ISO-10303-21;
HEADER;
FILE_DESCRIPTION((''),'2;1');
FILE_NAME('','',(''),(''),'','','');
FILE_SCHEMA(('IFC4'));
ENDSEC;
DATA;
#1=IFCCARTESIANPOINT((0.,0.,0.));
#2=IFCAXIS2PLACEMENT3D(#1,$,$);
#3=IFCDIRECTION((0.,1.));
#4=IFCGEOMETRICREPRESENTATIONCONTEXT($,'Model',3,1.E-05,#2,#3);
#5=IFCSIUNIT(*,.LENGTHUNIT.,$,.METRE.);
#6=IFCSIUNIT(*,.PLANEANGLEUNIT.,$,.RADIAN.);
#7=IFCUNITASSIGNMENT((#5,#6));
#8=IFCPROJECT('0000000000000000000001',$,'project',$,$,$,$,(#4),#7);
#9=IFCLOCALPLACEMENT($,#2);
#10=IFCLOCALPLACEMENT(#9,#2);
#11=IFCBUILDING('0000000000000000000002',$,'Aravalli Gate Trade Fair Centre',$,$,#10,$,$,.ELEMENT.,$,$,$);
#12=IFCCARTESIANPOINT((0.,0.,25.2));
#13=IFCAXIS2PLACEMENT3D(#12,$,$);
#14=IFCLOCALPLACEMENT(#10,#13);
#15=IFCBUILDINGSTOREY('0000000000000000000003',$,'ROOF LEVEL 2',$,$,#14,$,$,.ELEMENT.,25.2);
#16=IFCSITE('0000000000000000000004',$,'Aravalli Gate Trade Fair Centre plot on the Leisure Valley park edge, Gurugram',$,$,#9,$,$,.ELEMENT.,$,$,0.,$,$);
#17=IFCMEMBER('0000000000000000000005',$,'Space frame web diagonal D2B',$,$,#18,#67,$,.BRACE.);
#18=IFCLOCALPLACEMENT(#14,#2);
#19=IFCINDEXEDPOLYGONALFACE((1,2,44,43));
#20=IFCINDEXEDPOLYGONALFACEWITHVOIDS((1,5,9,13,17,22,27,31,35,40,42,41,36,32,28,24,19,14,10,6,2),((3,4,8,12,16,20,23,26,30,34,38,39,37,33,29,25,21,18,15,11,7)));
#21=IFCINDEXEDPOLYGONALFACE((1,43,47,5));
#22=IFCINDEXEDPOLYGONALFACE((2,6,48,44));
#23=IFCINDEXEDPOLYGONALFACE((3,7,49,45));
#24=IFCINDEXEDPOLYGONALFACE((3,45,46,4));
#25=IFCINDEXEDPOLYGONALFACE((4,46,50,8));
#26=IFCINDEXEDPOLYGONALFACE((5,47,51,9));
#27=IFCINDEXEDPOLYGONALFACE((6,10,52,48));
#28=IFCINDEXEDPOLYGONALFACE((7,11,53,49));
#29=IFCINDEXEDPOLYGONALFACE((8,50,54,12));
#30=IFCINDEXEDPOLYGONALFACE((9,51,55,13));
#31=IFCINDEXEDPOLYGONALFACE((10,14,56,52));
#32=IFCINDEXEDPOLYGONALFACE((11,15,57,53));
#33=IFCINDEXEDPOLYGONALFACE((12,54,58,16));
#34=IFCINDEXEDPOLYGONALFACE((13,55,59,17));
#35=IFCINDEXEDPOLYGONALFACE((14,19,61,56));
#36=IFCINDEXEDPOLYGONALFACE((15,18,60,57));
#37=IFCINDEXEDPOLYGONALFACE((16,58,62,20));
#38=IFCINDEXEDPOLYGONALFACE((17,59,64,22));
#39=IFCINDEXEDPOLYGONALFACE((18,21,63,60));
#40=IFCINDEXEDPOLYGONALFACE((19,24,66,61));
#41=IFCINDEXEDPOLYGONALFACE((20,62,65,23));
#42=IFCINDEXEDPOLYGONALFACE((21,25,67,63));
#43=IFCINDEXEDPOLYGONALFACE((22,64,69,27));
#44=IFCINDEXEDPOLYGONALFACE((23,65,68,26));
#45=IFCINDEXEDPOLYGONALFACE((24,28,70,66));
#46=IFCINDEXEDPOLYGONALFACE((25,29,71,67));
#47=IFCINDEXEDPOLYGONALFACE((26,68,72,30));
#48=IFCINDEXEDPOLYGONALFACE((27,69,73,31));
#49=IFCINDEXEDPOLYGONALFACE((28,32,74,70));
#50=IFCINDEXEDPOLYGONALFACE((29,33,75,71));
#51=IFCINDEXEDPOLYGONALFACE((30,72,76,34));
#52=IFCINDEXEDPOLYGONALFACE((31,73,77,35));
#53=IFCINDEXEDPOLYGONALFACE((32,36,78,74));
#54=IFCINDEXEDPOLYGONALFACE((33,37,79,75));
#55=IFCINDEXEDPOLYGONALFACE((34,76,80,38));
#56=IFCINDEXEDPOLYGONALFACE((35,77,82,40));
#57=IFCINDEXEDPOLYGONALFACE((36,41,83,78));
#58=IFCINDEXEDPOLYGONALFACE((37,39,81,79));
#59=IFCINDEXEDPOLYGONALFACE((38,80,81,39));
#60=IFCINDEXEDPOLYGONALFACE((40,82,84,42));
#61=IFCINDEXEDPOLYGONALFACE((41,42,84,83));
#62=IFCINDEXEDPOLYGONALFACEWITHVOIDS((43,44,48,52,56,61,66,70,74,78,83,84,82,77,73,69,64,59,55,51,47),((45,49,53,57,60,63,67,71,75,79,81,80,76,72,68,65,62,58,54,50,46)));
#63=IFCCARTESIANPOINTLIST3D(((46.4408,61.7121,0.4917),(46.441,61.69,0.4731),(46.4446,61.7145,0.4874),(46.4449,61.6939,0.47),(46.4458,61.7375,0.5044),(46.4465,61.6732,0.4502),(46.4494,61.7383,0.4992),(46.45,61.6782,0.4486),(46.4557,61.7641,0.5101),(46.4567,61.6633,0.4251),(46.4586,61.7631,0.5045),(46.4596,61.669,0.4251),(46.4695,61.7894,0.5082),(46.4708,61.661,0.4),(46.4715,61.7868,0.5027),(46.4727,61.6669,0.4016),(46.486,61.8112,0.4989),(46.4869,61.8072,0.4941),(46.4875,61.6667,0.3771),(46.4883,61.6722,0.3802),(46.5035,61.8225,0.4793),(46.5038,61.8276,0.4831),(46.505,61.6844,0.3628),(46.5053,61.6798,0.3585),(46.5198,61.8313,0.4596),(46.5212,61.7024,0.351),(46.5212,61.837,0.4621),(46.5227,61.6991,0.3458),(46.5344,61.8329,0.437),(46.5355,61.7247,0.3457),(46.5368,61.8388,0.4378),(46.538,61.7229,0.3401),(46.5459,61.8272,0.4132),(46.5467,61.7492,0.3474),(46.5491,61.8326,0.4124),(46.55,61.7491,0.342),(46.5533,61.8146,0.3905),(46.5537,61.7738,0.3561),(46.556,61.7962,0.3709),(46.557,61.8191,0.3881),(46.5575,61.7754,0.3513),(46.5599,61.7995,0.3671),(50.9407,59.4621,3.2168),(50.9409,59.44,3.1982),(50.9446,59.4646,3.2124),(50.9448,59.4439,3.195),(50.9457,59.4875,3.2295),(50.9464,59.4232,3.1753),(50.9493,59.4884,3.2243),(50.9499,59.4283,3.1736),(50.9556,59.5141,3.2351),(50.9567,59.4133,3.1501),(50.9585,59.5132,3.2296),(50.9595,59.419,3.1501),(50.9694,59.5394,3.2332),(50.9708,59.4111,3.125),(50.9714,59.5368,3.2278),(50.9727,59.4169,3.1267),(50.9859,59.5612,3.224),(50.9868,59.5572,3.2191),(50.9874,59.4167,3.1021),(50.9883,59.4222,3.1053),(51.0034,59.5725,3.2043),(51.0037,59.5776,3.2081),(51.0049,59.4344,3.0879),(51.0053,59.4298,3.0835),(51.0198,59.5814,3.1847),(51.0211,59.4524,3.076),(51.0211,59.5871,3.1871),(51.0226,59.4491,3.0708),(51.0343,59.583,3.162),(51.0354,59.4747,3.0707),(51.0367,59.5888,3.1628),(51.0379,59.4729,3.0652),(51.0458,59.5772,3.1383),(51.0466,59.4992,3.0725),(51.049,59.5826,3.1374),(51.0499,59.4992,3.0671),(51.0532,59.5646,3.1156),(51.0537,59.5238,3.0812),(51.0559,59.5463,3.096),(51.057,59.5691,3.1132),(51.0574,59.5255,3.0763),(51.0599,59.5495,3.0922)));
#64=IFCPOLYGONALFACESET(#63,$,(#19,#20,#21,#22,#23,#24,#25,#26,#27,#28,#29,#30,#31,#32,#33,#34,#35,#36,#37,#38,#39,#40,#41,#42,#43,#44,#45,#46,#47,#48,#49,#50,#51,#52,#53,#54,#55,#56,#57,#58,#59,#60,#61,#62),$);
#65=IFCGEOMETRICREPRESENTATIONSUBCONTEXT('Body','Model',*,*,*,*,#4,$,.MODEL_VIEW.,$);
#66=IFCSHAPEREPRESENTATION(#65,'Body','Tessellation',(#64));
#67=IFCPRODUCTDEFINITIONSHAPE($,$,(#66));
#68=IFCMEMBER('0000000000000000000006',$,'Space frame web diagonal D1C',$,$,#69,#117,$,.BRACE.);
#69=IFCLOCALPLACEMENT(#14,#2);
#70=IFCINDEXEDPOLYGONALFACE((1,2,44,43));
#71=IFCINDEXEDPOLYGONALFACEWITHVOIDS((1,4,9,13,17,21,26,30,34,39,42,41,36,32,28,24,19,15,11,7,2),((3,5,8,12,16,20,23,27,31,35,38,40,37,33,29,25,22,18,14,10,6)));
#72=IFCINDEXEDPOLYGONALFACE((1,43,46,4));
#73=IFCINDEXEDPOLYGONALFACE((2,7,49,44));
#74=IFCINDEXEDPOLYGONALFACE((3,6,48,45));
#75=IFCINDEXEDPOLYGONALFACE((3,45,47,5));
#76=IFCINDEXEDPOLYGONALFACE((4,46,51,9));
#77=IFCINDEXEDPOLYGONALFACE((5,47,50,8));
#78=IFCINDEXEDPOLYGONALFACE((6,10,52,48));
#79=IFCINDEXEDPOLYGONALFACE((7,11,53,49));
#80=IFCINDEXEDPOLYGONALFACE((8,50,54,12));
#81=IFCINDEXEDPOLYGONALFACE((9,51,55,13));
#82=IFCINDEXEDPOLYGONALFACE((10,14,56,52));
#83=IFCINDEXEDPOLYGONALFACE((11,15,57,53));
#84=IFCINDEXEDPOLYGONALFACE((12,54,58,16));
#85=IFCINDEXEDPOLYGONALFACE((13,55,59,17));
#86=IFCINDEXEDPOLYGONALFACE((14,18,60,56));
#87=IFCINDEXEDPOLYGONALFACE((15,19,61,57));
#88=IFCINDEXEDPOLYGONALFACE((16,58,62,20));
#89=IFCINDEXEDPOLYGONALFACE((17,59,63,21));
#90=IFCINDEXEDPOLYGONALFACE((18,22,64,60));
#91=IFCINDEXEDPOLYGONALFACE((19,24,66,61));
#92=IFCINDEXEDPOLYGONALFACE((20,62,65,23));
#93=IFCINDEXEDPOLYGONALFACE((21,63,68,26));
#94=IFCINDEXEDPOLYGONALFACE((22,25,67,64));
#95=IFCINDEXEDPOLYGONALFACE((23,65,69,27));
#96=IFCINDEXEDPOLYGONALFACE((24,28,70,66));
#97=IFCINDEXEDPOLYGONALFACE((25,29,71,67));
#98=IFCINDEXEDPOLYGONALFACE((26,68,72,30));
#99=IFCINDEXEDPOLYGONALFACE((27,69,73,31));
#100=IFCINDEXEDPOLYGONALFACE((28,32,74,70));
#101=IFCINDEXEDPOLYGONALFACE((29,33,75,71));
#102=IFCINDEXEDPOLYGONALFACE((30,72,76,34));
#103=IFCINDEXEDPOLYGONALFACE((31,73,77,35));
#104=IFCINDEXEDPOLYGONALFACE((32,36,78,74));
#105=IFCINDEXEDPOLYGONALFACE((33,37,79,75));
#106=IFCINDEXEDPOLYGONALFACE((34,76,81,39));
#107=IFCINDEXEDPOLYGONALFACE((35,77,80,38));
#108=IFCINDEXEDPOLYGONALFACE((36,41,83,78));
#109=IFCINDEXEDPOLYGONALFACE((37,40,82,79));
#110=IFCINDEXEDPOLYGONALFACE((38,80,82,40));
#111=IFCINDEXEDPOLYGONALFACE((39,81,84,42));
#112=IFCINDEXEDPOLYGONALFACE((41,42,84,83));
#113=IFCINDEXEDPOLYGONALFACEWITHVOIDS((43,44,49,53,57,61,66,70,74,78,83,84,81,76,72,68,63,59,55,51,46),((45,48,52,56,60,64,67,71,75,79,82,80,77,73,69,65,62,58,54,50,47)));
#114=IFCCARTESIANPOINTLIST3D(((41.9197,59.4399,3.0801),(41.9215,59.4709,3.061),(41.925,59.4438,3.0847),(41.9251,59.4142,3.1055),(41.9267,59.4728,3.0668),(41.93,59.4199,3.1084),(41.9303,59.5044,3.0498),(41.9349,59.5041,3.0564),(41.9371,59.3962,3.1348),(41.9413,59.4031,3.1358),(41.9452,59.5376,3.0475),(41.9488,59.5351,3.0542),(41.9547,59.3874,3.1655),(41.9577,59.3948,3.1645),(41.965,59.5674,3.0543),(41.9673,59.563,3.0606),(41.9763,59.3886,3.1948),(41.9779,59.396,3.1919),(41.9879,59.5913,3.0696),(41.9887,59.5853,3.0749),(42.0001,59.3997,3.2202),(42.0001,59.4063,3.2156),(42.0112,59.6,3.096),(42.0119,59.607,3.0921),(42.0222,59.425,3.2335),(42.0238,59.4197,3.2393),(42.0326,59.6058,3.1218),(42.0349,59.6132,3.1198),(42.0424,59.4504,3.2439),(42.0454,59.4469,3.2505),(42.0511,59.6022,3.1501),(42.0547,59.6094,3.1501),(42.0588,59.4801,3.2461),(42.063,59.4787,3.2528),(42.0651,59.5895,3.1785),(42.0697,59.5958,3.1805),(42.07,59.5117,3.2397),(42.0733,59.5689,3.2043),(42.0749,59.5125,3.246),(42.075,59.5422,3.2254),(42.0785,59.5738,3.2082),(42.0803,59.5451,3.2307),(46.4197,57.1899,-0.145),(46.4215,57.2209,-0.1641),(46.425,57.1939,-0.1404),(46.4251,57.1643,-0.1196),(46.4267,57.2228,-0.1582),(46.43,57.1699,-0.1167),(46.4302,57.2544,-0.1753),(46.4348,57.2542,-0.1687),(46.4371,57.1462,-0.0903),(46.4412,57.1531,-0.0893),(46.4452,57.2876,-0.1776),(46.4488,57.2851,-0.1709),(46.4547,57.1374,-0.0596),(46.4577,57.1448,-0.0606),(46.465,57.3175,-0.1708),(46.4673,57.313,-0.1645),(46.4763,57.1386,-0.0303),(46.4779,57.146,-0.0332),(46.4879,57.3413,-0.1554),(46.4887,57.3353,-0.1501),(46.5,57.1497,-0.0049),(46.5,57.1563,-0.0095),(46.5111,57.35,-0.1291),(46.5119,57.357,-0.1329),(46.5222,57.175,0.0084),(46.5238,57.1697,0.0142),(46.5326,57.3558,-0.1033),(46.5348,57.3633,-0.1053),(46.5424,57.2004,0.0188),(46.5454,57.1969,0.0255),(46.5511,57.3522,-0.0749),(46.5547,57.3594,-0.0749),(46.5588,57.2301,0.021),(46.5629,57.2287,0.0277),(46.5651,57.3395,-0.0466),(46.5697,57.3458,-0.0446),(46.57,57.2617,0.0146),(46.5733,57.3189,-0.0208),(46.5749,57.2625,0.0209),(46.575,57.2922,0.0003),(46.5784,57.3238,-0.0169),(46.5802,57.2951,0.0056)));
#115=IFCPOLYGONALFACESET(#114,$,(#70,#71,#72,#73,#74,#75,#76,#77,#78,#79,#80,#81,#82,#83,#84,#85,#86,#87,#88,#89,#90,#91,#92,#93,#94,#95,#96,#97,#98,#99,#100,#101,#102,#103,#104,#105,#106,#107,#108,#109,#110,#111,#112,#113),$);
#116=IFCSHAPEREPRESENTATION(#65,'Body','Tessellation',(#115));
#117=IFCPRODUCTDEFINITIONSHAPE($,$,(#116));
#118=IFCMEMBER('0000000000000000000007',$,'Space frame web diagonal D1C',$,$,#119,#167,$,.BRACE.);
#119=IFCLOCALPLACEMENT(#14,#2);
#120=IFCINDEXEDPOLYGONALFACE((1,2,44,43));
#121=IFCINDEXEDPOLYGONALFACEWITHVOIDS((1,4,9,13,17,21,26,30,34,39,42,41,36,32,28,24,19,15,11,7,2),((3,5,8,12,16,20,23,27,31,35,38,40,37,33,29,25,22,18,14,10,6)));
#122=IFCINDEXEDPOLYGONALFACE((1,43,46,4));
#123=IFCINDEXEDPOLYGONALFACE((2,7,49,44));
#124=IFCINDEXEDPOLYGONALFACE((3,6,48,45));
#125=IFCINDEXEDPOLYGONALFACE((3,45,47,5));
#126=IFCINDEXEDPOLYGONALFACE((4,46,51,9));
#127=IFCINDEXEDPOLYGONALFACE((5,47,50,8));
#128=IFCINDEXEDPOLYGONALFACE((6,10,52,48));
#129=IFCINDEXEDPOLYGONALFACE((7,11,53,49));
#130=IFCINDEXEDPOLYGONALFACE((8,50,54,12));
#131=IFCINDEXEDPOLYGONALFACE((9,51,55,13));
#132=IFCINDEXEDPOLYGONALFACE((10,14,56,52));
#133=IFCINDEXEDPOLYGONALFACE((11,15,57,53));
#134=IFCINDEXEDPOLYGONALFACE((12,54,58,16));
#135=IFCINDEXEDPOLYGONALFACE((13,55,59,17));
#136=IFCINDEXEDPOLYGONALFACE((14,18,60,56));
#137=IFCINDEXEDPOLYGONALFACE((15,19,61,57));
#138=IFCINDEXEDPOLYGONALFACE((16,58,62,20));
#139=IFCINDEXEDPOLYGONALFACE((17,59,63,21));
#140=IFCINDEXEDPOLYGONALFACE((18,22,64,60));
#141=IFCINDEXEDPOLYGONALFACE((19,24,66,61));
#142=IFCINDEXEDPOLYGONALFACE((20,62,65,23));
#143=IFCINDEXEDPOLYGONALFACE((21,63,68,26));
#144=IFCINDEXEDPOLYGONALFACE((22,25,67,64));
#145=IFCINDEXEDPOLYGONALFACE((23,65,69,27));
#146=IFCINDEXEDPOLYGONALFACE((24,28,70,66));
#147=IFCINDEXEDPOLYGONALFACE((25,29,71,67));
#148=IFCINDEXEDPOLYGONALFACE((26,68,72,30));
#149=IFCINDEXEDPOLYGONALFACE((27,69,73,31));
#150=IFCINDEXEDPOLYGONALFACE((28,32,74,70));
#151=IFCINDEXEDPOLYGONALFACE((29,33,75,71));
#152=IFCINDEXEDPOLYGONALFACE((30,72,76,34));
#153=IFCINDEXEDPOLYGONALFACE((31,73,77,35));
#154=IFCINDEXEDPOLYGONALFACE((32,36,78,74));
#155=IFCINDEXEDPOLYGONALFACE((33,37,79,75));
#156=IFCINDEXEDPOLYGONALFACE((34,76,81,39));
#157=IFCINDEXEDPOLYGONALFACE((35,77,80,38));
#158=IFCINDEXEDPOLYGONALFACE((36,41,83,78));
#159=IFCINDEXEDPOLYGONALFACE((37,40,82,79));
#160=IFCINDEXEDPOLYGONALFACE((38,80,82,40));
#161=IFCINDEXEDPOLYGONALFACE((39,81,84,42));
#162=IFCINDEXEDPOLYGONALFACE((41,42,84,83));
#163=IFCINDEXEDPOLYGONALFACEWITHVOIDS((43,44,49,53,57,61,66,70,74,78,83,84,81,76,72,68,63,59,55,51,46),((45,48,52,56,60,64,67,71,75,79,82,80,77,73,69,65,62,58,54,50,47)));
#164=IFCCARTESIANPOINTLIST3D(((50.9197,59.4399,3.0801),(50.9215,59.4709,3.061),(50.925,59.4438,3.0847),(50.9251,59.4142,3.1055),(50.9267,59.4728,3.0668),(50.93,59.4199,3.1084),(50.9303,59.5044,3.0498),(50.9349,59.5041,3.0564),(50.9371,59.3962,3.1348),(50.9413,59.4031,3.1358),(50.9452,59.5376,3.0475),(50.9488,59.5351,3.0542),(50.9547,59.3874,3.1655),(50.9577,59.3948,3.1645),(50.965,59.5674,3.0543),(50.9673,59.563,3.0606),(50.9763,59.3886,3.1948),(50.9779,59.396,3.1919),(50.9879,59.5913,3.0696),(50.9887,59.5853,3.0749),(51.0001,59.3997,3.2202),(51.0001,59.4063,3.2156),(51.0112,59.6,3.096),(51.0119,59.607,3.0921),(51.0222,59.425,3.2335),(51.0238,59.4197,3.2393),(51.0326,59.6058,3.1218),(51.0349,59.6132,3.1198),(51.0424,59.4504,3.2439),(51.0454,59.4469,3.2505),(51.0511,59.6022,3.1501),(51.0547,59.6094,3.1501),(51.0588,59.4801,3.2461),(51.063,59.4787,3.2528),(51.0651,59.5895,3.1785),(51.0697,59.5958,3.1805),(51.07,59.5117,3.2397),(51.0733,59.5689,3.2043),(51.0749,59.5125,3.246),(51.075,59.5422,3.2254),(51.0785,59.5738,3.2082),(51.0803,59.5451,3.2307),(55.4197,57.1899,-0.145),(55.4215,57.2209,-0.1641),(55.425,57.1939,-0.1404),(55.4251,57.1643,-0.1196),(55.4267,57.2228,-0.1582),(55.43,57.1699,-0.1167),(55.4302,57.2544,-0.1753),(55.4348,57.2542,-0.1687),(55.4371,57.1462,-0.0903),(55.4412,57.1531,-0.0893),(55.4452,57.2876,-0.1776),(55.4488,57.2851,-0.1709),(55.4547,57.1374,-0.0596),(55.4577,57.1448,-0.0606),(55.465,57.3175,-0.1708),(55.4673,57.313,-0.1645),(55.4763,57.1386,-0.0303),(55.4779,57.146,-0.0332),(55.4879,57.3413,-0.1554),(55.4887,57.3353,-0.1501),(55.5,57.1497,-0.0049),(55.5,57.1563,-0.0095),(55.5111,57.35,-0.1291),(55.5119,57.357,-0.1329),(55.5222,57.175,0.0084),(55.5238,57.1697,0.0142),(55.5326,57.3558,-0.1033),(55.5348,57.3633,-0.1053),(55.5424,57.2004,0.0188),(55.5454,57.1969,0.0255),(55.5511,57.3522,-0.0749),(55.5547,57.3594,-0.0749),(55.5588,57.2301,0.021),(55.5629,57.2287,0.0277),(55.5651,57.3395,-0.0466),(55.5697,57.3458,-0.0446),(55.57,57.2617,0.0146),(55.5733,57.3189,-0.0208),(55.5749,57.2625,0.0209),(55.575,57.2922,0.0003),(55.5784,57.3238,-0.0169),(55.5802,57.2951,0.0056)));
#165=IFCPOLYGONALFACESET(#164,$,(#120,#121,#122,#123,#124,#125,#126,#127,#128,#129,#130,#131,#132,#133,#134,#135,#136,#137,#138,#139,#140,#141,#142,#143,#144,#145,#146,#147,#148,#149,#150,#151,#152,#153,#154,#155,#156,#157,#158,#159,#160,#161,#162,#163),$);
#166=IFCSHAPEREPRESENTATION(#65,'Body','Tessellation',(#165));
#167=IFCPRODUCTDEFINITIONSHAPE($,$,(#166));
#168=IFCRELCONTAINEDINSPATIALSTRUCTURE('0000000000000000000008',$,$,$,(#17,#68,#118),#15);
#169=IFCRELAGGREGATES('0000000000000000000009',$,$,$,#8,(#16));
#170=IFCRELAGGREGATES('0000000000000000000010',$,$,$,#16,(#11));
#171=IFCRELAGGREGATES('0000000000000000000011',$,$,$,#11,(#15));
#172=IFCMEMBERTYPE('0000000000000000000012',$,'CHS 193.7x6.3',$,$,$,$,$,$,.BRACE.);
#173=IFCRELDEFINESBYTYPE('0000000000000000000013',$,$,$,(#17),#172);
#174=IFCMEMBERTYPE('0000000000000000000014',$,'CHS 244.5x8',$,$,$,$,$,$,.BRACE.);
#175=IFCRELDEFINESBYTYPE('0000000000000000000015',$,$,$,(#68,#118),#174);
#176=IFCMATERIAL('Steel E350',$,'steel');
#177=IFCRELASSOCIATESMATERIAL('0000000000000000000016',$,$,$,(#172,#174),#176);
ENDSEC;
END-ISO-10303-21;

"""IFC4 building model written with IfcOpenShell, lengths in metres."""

from ifc_helpers import new_model, si_unit, direction, frame, origin, origin_2d, place, context, subcontext, project, spatial, hollow_circle, extrude, material, material_profile, profile_set, type_object, element, save


model = new_model("IFC4")

# Units and contexts
model_context = context("Model", 3, precision=1e-05, world=origin(), true_north=direction((0.0, 1.0)))
body_context = subcontext(model_context, "Body", "Model", "MODEL_VIEW")
ifc_project = project(units=[si_unit("LENGTHUNIT", "METRE"), si_unit("PLANEANGLEUNIT", "RADIAN")], contexts=[model_context])

# Site, building, storey
site_placement = place(None, origin())
site = spatial("IfcSite", under=ifc_project, at=site_placement, Name="Aravalli Gate Trade Fair Centre plot on the Leisure Valley park edge, Gurugram", CompositionType="ELEMENT", RefElevation=0.0)
building_placement = place(site_placement, origin())
building = spatial("IfcBuilding", under=site, at=building_placement, Name="Aravalli Gate Trade Fair Centre", CompositionType="ELEMENT")
storey_placement = place(building_placement, frame((0.0, 0.0, 25.2)))
storey = spatial("IfcBuildingStorey", under=building, at=storey_placement, Name="ROOF LEVEL 2", CompositionType="ELEMENT", Elevation=25.2)

# Members
ifc_material_1 = material(Name="Steel E350", Category="steel")
ifc_material_profile_1 = material_profile(ifc_material_1, hollow_circle(Radius=0.0969, WallThickness=0.0063, at=origin_2d()), Name="CHS 193.7x6.3")
ifc_profile_set_1 = profile_set([ifc_material_profile_1], Name="Steel E350")
member_type_1 = type_object("IfcMemberType", Name="CHS 193.7x6.3", PredefinedType="BRACE", material=ifc_profile_set_1)
for number, where, z_axis, x_axis, name in (
    (1, (51.0, 59.5, 3.1501), (-0.78647, 0.393235, -0.476268), (-0.447214, -0.894427, 0.0), "Space frame web diagonal D2B"),
):
    element("IfcMember", number, at=place(storey_placement, frame(where, z_axis=z_axis, x_axis=x_axis)), inside=storey, type_object=member_type_1, Name=name, PredefinedType="BRACE", context=body_context, shape_type="SweptSolid", body=[
        extrude(hollow_circle(Radius=0.0969, WallThickness=0.0063, at=origin_2d()), origin(), (0.0, 0.0, 1.0), 5.7217),
    ])
ifc_material_profile_2 = material_profile(ifc_material_1, hollow_circle(Radius=0.1223, WallThickness=0.0081, at=origin_2d()), Name="CHS 244.5x8")
ifc_profile_set_2 = profile_set([ifc_material_profile_2], Name="Steel E350")
member_type_2 = type_object("IfcMemberType", Name="CHS 244.5x8", PredefinedType="BRACE", material=ifc_profile_set_2)
for number, where, z_axis, x_axis, name in (
    (2, (42.0, 59.5, 3.1501), (0.753, -0.3765, -0.539666), (0.447214, 0.894427, 0.0), "Space frame web diagonal D1C"),
    (3, (51.0, 59.5, 3.1501), (0.753, -0.3765, -0.539666), (0.447214, 0.894427, 0.0), "Space frame web diagonal D1C"),
):
    element("IfcMember", number, at=place(storey_placement, frame(where, z_axis=z_axis, x_axis=x_axis)), inside=storey, type_object=member_type_2, Name=name, PredefinedType="BRACE", context=body_context, shape_type="SweptSolid", body=[
        extrude(hollow_circle(Radius=0.1223, WallThickness=0.0081, at=origin_2d()), origin(), (0.0, 0.0, 1.0), 5.9761),
    ])

save(model, "model.ifc")
